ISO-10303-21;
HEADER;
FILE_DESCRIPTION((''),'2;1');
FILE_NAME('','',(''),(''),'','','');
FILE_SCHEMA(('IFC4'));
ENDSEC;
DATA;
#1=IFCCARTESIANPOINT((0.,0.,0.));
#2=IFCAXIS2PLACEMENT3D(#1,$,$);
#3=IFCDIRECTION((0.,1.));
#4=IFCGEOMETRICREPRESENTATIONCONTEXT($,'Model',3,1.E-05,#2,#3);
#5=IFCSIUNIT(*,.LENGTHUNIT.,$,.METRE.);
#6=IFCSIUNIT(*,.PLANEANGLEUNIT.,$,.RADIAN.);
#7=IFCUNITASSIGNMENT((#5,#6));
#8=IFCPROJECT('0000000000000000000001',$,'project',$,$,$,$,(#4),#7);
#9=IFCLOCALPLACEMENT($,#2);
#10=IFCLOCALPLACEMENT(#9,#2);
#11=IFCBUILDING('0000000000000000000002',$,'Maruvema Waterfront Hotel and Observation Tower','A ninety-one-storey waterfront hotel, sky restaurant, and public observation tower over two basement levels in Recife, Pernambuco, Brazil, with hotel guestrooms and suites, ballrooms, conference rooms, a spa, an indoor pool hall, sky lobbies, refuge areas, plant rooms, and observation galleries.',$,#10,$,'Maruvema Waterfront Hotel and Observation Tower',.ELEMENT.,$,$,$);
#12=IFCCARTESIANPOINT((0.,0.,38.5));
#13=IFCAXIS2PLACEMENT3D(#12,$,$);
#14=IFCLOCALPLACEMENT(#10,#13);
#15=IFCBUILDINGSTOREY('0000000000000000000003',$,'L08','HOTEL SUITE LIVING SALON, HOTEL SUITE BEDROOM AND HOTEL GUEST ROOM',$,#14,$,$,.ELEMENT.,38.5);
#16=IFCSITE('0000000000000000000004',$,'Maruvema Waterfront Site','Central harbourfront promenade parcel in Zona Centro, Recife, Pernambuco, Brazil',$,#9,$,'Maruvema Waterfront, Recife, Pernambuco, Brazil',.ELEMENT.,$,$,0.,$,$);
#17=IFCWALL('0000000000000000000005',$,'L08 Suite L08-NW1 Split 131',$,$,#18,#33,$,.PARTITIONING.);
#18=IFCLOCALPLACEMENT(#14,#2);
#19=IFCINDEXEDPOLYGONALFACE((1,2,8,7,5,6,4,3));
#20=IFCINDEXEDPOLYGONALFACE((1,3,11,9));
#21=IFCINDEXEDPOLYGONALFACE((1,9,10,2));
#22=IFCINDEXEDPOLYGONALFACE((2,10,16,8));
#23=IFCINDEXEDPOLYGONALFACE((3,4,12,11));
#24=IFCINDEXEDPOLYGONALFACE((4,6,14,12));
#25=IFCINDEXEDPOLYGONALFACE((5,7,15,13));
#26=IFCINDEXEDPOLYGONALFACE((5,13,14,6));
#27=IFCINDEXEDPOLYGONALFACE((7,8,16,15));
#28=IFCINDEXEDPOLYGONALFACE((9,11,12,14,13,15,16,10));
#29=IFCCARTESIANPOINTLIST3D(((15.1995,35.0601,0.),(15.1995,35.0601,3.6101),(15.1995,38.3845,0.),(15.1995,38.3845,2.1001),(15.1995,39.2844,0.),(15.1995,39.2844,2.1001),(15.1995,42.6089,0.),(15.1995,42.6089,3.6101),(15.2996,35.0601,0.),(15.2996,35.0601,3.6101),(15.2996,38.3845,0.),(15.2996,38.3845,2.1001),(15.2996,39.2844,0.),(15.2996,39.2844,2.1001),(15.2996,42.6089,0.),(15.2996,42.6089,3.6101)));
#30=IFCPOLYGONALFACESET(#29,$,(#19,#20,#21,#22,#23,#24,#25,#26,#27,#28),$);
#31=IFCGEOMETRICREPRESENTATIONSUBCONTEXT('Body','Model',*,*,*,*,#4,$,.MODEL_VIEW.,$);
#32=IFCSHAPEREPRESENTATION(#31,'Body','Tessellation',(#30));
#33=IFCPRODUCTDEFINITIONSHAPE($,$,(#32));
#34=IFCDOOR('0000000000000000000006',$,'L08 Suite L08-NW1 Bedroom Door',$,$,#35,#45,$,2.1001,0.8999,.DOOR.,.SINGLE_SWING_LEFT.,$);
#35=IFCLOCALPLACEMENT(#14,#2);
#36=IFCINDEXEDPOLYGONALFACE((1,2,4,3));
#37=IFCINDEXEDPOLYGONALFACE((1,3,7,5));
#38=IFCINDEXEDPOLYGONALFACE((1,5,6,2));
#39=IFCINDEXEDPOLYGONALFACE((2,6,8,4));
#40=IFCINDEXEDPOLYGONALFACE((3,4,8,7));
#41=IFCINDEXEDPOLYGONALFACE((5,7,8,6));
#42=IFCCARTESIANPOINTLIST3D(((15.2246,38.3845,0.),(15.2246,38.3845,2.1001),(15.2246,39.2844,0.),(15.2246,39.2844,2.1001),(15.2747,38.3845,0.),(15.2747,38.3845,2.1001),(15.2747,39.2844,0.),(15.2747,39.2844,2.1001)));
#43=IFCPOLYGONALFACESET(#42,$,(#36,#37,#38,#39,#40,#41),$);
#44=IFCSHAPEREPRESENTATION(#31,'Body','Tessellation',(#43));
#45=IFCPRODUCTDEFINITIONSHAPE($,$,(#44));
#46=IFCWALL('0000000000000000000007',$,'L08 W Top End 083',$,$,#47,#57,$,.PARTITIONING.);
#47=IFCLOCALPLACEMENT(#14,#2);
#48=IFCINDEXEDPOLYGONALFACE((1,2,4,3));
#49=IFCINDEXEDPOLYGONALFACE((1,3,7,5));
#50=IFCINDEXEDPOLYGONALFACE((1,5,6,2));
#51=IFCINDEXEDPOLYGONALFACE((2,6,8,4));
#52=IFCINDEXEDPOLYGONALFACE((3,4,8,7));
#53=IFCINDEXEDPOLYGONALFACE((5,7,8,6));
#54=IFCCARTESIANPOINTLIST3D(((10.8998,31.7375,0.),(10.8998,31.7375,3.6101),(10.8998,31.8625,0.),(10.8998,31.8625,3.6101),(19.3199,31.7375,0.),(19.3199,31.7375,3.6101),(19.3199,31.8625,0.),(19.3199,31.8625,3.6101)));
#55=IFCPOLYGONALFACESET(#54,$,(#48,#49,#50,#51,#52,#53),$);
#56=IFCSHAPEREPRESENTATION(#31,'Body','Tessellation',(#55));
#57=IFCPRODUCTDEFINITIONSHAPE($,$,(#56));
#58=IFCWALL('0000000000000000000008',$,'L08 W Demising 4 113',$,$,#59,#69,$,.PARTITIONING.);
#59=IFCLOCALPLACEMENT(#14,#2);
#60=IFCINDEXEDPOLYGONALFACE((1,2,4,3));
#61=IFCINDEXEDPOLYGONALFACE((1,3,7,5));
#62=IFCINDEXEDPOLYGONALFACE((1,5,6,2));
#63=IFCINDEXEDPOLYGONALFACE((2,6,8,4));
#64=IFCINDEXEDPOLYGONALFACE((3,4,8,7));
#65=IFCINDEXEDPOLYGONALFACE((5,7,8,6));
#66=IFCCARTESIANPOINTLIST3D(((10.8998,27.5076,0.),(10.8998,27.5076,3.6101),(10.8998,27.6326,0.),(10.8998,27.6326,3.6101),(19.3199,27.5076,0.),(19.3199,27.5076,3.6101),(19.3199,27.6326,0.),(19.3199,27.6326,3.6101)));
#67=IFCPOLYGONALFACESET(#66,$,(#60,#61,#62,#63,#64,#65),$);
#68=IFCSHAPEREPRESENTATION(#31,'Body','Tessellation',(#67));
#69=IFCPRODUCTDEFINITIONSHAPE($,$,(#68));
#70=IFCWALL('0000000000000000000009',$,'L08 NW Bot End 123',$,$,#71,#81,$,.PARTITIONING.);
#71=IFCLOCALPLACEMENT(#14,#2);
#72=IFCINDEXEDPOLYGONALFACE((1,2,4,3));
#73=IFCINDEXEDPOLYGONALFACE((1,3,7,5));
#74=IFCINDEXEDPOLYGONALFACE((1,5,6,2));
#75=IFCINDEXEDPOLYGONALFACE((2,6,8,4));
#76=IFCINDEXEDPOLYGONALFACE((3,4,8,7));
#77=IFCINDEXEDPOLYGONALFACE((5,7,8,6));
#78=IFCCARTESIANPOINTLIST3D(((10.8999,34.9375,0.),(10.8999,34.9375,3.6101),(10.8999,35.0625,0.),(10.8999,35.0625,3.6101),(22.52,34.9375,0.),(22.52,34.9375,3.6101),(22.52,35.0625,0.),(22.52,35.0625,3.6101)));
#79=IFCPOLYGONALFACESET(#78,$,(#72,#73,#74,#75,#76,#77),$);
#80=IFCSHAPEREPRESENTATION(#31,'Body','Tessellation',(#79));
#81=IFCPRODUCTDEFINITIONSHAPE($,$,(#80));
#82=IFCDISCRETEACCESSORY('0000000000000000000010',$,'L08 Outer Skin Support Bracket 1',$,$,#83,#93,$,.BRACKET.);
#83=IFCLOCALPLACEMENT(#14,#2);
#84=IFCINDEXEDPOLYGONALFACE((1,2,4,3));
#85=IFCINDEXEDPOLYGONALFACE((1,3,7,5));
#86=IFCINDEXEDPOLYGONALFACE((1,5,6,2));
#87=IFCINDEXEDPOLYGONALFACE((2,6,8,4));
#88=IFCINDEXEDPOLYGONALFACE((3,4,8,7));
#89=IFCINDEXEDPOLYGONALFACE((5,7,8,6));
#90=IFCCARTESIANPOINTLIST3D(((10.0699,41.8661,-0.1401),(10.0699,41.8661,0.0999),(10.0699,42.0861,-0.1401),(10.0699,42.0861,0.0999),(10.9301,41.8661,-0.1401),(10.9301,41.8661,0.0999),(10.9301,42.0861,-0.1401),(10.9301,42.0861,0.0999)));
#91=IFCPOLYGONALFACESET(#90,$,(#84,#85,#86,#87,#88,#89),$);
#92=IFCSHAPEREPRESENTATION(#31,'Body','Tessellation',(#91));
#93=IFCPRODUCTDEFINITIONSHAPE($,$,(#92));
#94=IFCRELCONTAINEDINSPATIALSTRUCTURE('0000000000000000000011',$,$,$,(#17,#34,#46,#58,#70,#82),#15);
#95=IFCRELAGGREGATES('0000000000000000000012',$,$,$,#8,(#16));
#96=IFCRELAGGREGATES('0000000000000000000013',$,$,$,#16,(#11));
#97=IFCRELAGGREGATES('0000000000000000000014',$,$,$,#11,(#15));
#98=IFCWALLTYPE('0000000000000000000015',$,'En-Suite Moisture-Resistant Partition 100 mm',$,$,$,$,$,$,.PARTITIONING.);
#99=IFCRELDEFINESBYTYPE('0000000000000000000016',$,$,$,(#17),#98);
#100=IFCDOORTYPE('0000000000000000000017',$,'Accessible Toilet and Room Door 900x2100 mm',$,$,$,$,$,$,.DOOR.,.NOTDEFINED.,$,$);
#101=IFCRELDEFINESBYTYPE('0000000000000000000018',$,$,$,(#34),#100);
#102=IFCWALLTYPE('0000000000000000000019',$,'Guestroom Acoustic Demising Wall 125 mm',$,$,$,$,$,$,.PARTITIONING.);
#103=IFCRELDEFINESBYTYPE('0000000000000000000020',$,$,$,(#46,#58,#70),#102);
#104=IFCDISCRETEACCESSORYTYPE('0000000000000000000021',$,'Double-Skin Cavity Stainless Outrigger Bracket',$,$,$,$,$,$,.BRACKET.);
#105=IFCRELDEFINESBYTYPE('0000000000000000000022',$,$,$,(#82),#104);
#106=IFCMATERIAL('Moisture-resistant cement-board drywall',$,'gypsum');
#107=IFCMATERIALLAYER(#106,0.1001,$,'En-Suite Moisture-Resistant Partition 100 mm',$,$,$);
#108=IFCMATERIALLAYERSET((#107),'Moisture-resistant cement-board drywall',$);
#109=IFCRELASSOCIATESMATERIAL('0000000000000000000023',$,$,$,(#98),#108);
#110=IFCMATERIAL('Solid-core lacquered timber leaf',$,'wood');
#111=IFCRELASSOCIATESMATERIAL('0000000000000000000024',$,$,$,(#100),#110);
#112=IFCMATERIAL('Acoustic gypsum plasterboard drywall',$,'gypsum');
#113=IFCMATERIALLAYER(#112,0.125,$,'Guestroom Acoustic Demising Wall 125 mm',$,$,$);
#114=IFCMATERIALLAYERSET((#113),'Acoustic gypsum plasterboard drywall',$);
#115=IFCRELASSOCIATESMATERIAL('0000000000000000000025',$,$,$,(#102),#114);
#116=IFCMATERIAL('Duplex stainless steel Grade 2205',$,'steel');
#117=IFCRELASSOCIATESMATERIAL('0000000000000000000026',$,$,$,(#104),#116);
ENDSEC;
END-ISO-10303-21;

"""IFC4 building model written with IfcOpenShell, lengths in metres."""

from ifc_helpers import new_model, si_unit, direction, frame, frame_2d, origin, origin_2d, place, context, subcontext, project, spatial, rectangle, extrude, material, layer, layer_set, type_object, element, fill, save


model = new_model("IFC4")

# Units and contexts
model_context = context("Model", 3, precision=1e-05, world=origin(), true_north=direction((0.0, 1.0)))
body_context = subcontext(model_context, "Body", "Model", "MODEL_VIEW")
ifc_project = project(units=[si_unit("LENGTHUNIT", "METRE"), si_unit("PLANEANGLEUNIT", "RADIAN")], contexts=[model_context])

# Site, building, storey
site_placement = place(None, origin())
site = spatial("IfcSite", under=ifc_project, at=site_placement, Name="Maruvema Waterfront Site", Description="Central harbourfront promenade parcel in Zona Centro, Recife, Pernambuco, Brazil", LongName="Maruvema Waterfront, Recife, Pernambuco, Brazil", CompositionType="ELEMENT", RefElevation=0.0)
building_placement = place(site_placement, origin())
building = spatial("IfcBuilding", under=site, at=building_placement, Name="Maruvema Waterfront Hotel and Observation Tower", Description="A ninety-one-storey waterfront hotel, sky restaurant, and public observation tower over two basement levels in Recife, Pernambuco, Brazil, with hotel guestrooms and suites, ballrooms, conference rooms, a spa, an indoor pool hall, sky lobbies, refuge areas, plant rooms, and observation galleries.", LongName="Maruvema Waterfront Hotel and Observation Tower", CompositionType="ELEMENT")
storey_placement = place(building_placement, frame((0.0, 0.0, 38.5)))
storey = spatial("IfcBuildingStorey", under=building, at=storey_placement, Name="L08", Description="HOTEL SUITE LIVING SALON, HOTEL SUITE BEDROOM AND HOTEL GUEST ROOM", CompositionType="ELEMENT", Elevation=38.5)

# Shared definitions
ifc_material_1 = material(Name="Moisture-resistant cement-board drywall", Category="gypsum")
ifc_layer_1 = layer(ifc_material_1, 0.1001, Name="En-Suite Moisture-Resistant Partition 100 mm")
ifc_layer_set_1 = layer_set([ifc_layer_1], Name="Moisture-resistant cement-board drywall")
wall_type_1 = type_object("IfcWallType", Name="En-Suite Moisture-Resistant Partition 100 mm", PredefinedType="PARTITIONING", material=ifc_layer_set_1)

# Wall, opening, door
wall_1_placement = place(storey_placement, frame((15.2495, 35.0601, 0.0), z_axis=(0.0, 0.0, 1.0), x_axis=(0.0, 1.0, 0.0)))
wall_1 = element("IfcWall", 1, at=wall_1_placement, inside=storey, type_object=wall_type_1, Name="L08 Suite L08-NW1 Split 131", PredefinedType="PARTITIONING", context=body_context, shape_type="SweptSolid", body=[
    extrude(rectangle(XDim=7.5488, YDim=0.1001, at=frame_2d((3.7744, 0.0))), origin(), (0.0, 0.0, 1.0), 3.6101),
])
opening_1_placement = place(wall_1_placement, frame((3.3245, 0.0, 0.0)))
opening_1 = element("IfcOpeningElement", 2, at=opening_1_placement, cuts=wall_1, PredefinedType="OPENING", context=body_context, shape_type="SweptSolid", body=[
    extrude(rectangle(XDim=0.8999, YDim=2.1001, at=frame_2d((0.45, 1.05))), frame((0.0, 0.0601, 0.0), z_axis=(0.0, -1.0, 0.0), x_axis=(1.0, 0.0, 0.0)), (0.0, 0.0, 1.0), 0.1201),
])
ifc_material_2 = material(Name="Solid-core lacquered timber leaf", Category="wood")
door_type_1 = type_object("IfcDoorType", Name="Accessible Toilet and Room Door 900x2100 mm", OperationType="NOTDEFINED", PredefinedType="DOOR", material=ifc_material_2)
door_1_placement = place(opening_1_placement, origin())
door_1 = element("IfcDoor", 3, at=door_1_placement, inside=storey, type_object=door_type_1, Name="L08 Suite L08-NW1 Bedroom Door", OperationType="SINGLE_SWING_LEFT", OverallHeight=2.1001, OverallWidth=0.8999, PredefinedType="DOOR", context=body_context, shape_type="SweptSolid", body=[
    extrude(rectangle(XDim=0.8999, YDim=2.1001, at=frame_2d((0.45, 1.05))), frame((0.0, 0.0249, 0.0), z_axis=(0.0, -1.0, 0.0), x_axis=(1.0, 0.0, 0.0)), (0.0, 0.0, 1.0), 0.05),
])
fill(opening_1, door_1)

# Walls
ifc_material_3 = material(Name="Acoustic gypsum plasterboard drywall", Category="gypsum")
ifc_layer_2 = layer(ifc_material_3, 0.125, Name="Guestroom Acoustic Demising Wall 125 mm")
ifc_layer_set_2 = layer_set([ifc_layer_2], Name="Acoustic gypsum plasterboard drywall")
wall_type_2 = type_object("IfcWallType", Name="Guestroom Acoustic Demising Wall 125 mm", PredefinedType="PARTITIONING", material=ifc_layer_set_2)
for number, where, z_axis, x_axis, name in (
    (4, (10.8999, 31.8, 0.0), (0.0, 0.0, 1.0), (1.0, 0.0, 0.0), "L08 W Top End 083"),
    (5, (10.8999, 27.5701, 0.0), (0.0, 0.0, 1.0), (1.0, 0.0, 0.0), "L08 W Demising 4 113"),
):
    element("IfcWall", number, at=place(storey_placement, frame(where, z_axis=z_axis, x_axis=x_axis)), inside=storey, type_object=wall_type_2, Name=name, PredefinedType="PARTITIONING", context=body_context, shape_type="SweptSolid", body=[
        extrude(rectangle(XDim=8.4202, YDim=0.125, at=frame_2d((4.21, 0.0))), origin(), (0.0, 0.0, 1.0), 3.6101),
    ])
wall_2_placement = place(storey_placement, frame((10.8999, 35.0, 0.0), z_axis=(0.0, 0.0, 1.0), x_axis=(1.0, 0.0, 0.0)))
element("IfcWall", 6, at=wall_2_placement, inside=storey, type_object=wall_type_2, Name="L08 NW Bot End 123", PredefinedType="PARTITIONING", context=body_context, shape_type="SweptSolid", body=[
    extrude(rectangle(XDim=11.6201, YDim=0.125, at=frame_2d((5.8101, 0.0))), origin(), (0.0, 0.0, 1.0), 3.6101),
])

# Discrete accessory
ifc_material_4 = material(Name="Duplex stainless steel Grade 2205", Category="steel")
discrete_accessory_type = type_object("IfcDiscreteAccessoryType", Name="Double-Skin Cavity Stainless Outrigger Bracket", PredefinedType="BRACKET", material=ifc_material_4)
discrete_accessory_placement = place(storey_placement, frame((10.5, 41.9761, -0.1401), z_axis=(0.0, 0.0, 1.0), x_axis=(0.0, -1.0, 0.0)))
element("IfcDiscreteAccessory", 7, at=discrete_accessory_placement, inside=storey, type_object=discrete_accessory_type, Name="L08 Outer Skin Support Bracket 1", PredefinedType="BRACKET", context=body_context, shape_type="SweptSolid", body=[
    extrude(rectangle(XDim=0.22, YDim=0.8601, at=origin_2d()), origin(), (0.0, 0.0, 1.0), 0.24),
])

save(model, "model.ifc")
